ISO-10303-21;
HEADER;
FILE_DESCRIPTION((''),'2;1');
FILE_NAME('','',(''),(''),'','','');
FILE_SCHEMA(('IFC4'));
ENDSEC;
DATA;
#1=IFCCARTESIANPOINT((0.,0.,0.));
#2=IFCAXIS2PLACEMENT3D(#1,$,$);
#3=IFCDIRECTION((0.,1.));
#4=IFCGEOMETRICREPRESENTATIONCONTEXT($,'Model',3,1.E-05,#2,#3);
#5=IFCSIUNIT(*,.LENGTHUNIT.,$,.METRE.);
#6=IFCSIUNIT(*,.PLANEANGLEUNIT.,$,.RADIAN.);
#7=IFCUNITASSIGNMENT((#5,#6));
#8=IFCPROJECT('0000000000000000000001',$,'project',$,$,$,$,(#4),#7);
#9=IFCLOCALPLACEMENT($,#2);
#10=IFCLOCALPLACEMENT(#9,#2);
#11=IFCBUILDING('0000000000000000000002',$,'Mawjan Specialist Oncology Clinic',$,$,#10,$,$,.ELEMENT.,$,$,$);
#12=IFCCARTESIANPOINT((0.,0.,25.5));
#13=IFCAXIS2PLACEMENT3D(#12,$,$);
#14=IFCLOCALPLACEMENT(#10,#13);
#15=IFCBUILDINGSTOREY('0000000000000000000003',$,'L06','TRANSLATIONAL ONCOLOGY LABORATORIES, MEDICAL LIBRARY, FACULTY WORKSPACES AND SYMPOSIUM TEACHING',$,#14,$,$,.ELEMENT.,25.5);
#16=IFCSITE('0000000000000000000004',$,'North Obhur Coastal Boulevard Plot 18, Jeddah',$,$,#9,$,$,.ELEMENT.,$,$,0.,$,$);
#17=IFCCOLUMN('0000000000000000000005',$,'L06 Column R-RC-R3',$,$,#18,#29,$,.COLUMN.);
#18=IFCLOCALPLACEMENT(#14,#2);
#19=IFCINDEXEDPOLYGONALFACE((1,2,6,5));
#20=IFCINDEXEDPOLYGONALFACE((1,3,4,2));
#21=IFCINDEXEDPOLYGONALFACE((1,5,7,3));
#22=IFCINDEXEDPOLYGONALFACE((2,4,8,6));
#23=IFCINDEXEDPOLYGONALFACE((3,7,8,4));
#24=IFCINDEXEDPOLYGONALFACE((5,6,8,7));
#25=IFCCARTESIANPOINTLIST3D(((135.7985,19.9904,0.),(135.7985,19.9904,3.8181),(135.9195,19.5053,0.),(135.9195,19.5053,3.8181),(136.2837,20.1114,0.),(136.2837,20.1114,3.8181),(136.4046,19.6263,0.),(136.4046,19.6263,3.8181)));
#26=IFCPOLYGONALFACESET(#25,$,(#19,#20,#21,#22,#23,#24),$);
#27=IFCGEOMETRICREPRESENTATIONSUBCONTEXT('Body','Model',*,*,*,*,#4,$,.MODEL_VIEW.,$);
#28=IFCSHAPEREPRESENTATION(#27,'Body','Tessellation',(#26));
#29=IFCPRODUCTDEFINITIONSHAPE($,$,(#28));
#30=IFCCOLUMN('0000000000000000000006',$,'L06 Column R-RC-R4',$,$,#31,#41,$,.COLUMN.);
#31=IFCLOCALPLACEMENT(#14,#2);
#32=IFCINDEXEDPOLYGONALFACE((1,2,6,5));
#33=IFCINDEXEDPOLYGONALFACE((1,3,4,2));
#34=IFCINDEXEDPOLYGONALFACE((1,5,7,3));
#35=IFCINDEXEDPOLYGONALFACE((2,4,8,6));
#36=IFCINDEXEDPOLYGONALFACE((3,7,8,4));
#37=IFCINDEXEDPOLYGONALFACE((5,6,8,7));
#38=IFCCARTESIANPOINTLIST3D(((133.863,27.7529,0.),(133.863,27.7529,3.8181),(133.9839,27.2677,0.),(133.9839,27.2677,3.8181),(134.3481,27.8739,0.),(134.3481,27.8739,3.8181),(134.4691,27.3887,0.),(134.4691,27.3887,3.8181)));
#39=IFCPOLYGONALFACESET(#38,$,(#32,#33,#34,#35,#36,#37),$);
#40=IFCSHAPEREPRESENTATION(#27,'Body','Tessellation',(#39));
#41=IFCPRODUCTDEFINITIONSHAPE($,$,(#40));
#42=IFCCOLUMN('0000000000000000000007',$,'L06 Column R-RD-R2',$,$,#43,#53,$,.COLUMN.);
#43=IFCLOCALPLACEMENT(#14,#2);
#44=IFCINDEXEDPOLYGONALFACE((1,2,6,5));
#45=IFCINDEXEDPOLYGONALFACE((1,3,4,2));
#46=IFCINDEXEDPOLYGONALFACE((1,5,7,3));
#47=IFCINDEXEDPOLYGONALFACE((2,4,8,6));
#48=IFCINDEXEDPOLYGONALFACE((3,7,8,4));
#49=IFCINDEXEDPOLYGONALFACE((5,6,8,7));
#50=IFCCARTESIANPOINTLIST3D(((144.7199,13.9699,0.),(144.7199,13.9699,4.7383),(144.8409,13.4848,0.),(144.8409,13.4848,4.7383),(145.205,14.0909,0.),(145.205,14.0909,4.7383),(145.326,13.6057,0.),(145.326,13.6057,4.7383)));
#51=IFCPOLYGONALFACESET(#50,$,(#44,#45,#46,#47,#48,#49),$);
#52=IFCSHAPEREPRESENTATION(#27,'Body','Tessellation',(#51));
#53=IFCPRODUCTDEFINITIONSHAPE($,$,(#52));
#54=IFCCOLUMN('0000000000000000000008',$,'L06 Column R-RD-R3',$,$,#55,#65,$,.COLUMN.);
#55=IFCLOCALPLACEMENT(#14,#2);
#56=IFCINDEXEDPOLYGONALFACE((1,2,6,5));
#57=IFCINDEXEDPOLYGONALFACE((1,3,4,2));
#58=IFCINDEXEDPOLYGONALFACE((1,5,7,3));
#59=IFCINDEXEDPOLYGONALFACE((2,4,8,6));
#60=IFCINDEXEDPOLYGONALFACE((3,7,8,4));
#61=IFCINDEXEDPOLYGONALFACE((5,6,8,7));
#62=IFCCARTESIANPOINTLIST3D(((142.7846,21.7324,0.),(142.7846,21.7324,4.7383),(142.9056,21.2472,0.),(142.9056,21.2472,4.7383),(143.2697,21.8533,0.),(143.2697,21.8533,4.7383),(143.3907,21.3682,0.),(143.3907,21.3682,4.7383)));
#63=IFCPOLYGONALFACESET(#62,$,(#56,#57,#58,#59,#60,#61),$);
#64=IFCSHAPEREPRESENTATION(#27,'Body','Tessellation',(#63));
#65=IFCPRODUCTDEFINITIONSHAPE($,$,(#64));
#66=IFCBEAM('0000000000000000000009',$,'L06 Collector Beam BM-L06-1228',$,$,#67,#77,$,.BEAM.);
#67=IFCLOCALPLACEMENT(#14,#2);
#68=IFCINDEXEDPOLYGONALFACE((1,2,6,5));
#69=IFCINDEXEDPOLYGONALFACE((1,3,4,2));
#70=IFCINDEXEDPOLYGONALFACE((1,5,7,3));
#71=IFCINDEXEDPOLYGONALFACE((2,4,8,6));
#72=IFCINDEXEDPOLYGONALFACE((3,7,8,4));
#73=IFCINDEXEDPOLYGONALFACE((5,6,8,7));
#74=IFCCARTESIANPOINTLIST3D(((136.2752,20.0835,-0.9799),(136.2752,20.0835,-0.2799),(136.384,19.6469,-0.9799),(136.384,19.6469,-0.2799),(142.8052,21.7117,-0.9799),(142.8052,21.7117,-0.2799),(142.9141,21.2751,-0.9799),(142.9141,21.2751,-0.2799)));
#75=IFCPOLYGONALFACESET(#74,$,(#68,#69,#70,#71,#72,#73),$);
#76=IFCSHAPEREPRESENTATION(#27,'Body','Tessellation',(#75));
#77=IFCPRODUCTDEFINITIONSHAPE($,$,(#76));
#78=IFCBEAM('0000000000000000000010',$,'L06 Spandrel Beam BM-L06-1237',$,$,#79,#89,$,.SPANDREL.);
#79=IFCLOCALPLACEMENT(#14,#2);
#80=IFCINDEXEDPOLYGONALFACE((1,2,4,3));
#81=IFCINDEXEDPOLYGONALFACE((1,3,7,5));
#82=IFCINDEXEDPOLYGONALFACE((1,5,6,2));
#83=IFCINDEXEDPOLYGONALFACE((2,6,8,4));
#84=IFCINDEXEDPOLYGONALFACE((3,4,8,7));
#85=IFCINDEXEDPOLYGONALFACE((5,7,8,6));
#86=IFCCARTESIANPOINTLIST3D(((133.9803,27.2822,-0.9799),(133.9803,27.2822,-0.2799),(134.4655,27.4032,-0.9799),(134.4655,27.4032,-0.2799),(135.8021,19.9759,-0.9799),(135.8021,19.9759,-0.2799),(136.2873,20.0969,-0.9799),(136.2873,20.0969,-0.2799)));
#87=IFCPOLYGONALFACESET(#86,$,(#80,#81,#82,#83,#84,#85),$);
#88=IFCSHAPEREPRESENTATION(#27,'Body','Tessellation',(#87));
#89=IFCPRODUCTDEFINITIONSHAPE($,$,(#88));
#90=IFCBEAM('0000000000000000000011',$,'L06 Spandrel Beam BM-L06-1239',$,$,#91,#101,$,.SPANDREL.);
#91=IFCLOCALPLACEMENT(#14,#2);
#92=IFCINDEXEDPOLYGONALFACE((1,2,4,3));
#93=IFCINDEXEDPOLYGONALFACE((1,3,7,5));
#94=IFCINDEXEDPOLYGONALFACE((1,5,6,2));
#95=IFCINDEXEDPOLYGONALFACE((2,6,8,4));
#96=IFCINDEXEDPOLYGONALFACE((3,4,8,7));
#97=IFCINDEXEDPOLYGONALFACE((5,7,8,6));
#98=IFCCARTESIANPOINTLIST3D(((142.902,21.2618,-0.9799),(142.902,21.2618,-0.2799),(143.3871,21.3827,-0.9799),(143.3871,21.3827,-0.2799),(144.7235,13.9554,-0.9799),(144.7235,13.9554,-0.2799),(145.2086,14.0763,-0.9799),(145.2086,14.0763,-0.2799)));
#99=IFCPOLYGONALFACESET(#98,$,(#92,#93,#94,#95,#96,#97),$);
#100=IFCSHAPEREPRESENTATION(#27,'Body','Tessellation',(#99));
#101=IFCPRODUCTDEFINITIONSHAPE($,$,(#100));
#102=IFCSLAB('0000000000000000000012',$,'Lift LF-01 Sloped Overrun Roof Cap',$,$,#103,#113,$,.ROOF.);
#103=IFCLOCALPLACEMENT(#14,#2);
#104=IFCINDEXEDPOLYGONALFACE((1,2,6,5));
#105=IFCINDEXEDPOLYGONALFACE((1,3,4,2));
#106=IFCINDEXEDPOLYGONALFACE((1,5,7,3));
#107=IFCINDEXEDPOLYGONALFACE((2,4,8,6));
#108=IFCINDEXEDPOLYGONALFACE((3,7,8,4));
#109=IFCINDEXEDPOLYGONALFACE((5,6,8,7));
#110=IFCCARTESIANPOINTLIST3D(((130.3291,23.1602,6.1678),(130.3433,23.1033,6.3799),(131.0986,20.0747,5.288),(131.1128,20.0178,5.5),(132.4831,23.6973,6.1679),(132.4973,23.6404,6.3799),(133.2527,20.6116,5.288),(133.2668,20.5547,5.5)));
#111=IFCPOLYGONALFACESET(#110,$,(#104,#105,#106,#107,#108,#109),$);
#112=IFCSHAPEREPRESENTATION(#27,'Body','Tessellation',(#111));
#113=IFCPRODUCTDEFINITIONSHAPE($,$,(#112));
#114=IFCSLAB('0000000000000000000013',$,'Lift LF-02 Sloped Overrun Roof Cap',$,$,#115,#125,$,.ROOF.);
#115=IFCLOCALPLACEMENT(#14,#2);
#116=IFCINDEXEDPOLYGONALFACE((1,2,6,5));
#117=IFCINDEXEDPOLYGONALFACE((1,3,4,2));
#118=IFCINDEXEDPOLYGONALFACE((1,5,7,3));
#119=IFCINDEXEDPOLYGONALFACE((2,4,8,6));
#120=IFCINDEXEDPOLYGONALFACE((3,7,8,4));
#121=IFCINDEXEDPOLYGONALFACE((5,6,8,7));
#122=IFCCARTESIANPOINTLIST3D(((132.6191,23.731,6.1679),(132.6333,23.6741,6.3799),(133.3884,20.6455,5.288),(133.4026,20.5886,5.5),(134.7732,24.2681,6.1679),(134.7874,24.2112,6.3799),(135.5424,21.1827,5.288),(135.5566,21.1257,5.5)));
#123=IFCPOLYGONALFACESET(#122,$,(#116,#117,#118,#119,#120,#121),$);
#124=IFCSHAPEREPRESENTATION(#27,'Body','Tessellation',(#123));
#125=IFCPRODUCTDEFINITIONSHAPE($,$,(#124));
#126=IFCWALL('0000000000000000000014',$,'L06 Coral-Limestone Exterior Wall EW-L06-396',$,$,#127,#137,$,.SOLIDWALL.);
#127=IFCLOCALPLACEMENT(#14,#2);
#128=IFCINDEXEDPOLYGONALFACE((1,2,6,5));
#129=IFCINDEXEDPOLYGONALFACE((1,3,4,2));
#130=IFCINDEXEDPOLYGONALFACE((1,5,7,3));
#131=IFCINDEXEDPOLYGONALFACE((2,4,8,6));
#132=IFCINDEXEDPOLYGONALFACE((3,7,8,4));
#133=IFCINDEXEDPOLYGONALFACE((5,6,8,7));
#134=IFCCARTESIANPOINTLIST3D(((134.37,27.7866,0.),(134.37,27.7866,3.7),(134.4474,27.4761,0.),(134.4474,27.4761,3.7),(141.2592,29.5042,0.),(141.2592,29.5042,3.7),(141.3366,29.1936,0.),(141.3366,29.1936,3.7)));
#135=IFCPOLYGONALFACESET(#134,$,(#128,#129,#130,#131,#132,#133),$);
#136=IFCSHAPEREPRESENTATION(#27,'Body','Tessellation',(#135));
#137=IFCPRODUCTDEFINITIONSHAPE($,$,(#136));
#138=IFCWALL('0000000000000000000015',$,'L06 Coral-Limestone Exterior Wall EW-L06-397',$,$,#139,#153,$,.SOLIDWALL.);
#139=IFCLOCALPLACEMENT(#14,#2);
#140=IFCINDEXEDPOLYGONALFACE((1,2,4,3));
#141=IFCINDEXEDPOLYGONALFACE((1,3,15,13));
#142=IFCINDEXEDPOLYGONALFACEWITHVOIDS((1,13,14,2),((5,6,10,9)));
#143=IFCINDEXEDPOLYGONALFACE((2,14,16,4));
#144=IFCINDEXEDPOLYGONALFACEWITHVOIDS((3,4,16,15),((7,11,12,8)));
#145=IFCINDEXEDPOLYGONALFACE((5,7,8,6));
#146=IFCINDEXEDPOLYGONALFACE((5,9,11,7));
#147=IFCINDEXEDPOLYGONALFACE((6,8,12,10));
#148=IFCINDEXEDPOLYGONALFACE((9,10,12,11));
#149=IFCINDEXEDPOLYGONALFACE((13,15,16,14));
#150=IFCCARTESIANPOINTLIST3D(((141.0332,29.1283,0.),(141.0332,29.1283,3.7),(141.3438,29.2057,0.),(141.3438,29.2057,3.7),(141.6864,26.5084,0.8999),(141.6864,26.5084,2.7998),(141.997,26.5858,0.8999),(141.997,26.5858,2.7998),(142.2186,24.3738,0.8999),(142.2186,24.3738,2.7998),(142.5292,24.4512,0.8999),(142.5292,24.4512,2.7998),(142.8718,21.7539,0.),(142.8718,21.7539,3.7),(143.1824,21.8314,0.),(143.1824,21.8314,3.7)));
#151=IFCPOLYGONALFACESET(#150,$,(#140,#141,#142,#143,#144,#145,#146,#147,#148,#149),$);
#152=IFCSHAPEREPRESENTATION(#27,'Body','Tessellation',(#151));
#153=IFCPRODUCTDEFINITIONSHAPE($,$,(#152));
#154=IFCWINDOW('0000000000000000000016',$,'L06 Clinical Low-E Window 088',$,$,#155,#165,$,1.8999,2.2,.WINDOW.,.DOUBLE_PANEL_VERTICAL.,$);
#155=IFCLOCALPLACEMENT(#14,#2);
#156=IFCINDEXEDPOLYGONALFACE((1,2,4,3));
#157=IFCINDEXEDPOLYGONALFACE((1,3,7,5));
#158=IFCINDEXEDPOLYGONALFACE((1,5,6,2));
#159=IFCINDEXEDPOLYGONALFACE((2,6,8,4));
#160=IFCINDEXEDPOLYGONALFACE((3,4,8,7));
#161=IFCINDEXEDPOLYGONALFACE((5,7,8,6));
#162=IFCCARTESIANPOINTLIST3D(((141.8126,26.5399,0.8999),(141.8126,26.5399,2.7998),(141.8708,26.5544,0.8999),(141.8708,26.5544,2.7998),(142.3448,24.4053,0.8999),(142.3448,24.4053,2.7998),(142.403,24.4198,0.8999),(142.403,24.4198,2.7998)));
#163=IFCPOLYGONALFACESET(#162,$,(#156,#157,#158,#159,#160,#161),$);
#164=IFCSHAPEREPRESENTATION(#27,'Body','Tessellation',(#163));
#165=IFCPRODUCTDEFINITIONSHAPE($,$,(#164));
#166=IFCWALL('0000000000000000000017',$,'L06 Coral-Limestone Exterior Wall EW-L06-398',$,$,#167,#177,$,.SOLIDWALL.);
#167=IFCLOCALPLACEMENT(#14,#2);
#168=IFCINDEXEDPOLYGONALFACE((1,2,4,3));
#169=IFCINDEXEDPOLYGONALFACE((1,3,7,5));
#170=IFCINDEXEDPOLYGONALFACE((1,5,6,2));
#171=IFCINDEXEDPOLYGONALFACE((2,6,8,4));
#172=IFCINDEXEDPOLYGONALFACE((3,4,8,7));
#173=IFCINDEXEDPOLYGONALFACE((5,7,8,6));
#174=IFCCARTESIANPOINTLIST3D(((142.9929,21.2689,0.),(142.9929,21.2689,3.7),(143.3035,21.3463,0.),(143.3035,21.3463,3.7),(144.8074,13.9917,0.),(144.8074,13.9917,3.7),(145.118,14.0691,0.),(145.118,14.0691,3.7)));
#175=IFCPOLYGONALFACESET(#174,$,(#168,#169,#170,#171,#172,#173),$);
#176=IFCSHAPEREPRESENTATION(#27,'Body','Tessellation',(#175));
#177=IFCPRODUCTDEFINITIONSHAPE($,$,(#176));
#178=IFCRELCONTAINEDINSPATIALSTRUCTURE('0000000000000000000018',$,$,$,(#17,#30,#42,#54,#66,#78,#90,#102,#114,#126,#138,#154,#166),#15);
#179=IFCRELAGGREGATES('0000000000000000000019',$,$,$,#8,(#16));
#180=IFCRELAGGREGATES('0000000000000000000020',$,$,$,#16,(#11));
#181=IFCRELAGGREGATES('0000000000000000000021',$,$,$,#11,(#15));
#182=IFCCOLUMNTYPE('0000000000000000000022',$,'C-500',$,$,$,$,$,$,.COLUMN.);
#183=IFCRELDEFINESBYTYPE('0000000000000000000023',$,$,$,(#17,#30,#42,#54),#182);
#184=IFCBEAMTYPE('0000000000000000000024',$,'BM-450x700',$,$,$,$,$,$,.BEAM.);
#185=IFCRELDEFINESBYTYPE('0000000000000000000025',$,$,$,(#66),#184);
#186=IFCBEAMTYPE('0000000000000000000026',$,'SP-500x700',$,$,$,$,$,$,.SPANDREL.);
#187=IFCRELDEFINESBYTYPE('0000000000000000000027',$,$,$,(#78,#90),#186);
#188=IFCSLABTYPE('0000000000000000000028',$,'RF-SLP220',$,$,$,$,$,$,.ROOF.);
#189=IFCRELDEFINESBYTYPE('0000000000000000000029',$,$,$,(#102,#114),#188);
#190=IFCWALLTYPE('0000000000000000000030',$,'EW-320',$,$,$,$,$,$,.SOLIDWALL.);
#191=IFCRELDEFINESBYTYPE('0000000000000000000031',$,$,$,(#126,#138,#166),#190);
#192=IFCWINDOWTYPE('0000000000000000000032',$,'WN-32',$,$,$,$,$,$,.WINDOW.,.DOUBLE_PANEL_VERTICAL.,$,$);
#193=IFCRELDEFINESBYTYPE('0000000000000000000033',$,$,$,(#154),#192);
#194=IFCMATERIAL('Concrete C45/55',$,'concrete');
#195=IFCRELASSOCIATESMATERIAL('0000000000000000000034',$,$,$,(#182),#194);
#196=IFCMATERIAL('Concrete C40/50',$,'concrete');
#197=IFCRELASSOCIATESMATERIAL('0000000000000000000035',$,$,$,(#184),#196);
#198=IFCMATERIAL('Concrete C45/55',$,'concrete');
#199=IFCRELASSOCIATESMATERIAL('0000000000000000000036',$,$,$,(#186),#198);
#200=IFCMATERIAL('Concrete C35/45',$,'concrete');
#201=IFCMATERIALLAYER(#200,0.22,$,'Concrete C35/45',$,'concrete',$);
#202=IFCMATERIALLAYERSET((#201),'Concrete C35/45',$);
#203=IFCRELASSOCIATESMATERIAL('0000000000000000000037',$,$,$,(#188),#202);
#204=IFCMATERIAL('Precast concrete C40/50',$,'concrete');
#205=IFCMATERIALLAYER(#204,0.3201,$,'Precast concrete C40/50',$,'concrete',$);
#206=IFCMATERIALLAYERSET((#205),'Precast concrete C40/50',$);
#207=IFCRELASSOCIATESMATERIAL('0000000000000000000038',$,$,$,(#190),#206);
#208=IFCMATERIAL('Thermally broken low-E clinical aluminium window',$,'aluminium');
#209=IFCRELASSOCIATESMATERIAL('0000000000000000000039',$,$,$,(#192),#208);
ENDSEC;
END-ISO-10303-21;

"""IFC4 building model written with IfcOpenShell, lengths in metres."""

from ifc_helpers import new_model, si_unit, direction, frame, frame_2d, origin, origin_2d, place, context, subcontext, project, spatial, polyline, rectangle, outline, extrude, material, layer, layer_set, material_profile, profile_set, type_object, element, fill, save


model = new_model("IFC4")

# Units and contexts
model_context = context("Model", 3, precision=1e-05, world=origin(), true_north=direction((0.0, 1.0)))
body_context = subcontext(model_context, "Body", "Model", "MODEL_VIEW")
ifc_project = project(units=[si_unit("LENGTHUNIT", "METRE"), si_unit("PLANEANGLEUNIT", "RADIAN")], contexts=[model_context])

# Site, building, storey
site_placement = place(None, origin())
site = spatial("IfcSite", under=ifc_project, at=site_placement, Name="North Obhur Coastal Boulevard Plot 18, Jeddah", CompositionType="ELEMENT", RefElevation=0.0)
building_placement = place(site_placement, origin())
building = spatial("IfcBuilding", under=site, at=building_placement, Name="Mawjan Specialist Oncology Clinic", CompositionType="ELEMENT")
storey_placement = place(building_placement, frame((0.0, 0.0, 25.5)))
storey = spatial("IfcBuildingStorey", under=building, at=storey_placement, Name="L06", Description="TRANSLATIONAL ONCOLOGY LABORATORIES, MEDICAL LIBRARY, FACULTY WORKSPACES AND SYMPOSIUM TEACHING", CompositionType="ELEMENT", Elevation=25.5)

# Columns
ifc_material_1 = material(Name="Concrete C45/55", Category="concrete")
ifc_material_profile_1 = material_profile(ifc_material_1, rectangle(XDim=0.5, YDim=0.5, at=origin_2d()), Name="RC COL 500x500", Category="concrete")
ifc_profile_set_1 = profile_set([ifc_material_profile_1], Name="Concrete C45/55")
column_type = type_object("IfcColumnType", Name="C-500", PredefinedType="COLUMN", material=ifc_profile_set_1)
for number, where, z_axis, x_axis, name in (
    (1, (136.1016, 19.8083, 0.0), (0.0, 0.0, 1.0), (0.970296, 0.241922, 0.0), "L06 Column R-RC-R3"),
    (2, (134.166, 27.5708, 0.0), (0.0, 0.0, 1.0), (0.970296, 0.241922, 0.0), "L06 Column R-RC-R4"),
):
    element("IfcColumn", number, at=place(storey_placement, frame(where, z_axis=z_axis, x_axis=x_axis)), inside=storey, type_object=column_type, Name=name, PredefinedType="COLUMN", context=body_context, shape_type="SweptSolid", body=[
        extrude(rectangle(XDim=0.5, YDim=0.5, at=origin_2d()), origin(), (0.0, 0.0, 1.0), 3.8181),
    ])
for number, where, z_axis, x_axis, name in (
    (3, (145.0229, 13.7878, 0.0), (0.0, 0.0, 1.0), (0.970296, 0.241922, 0.0), "L06 Column R-RD-R2"),
    (4, (143.0876, 21.5503, 0.0), (0.0, 0.0, 1.0), (0.970296, 0.241922, 0.0), "L06 Column R-RD-R3"),
):
    element("IfcColumn", number, at=place(storey_placement, frame(where, z_axis=z_axis, x_axis=x_axis)), inside=storey, type_object=column_type, Name=name, PredefinedType="COLUMN", context=body_context, shape_type="SweptSolid", body=[
        extrude(rectangle(XDim=0.5, YDim=0.5, at=origin_2d()), origin(), (0.0, 0.0, 1.0), 4.7383),
    ])

# Beams
ifc_material_2 = material(Name="Concrete C40/50", Category="concrete")
ifc_material_profile_2 = material_profile(ifc_material_2, rectangle(XDim=0.45, YDim=0.7, at=origin_2d()), Name="RC BM 450x700", Category="concrete")
ifc_profile_set_2 = profile_set([ifc_material_profile_2], Name="Concrete C40/50")
beam_type_1 = type_object("IfcBeamType", Name="BM-450x700", PredefinedType="BEAM", material=ifc_profile_set_2)
beam_placement = place(storey_placement, frame((136.3296, 19.8652, -0.6299), z_axis=(0.970294, 0.24193, 0.0), x_axis=(-0.24193, 0.970294, 0.0)))
element("IfcBeam", 5, at=beam_placement, inside=storey, type_object=beam_type_1, Name="L06 Collector Beam BM-L06-1228", PredefinedType="BEAM", context=body_context, shape_type="SweptSolid", body=[
    extrude(rectangle(XDim=0.45, YDim=0.7, at=origin_2d()), origin(), (0.0, 0.0, 1.0), 6.73),
])
ifc_material_3 = material(Name="Concrete C45/55", Category="concrete")
ifc_material_profile_3 = material_profile(ifc_material_3, rectangle(XDim=0.5, YDim=0.7, at=origin_2d()), Name="RC BM 500x700", Category="concrete")
ifc_profile_set_3 = profile_set([ifc_material_profile_3], Name="Concrete C45/55")
beam_type_2 = type_object("IfcBeamType", Name="SP-500x700", PredefinedType="SPANDREL", material=ifc_profile_set_3)
for number, where, z_axis, x_axis, name in (
    (6, (136.0447, 20.0364, -0.6299), (-0.241933, 0.970293, 0.0), (-0.970293, -0.241933, 0.0), "L06 Spandrel Beam BM-L06-1237"),
    (7, (144.9661, 14.0159, -0.6299), (-0.241902, 0.970301, 0.0), (-0.970301, -0.241902, 0.0), "L06 Spandrel Beam BM-L06-1239"),
):
    element("IfcBeam", number, at=place(storey_placement, frame(where, z_axis=z_axis, x_axis=x_axis)), inside=storey, type_object=beam_type_2, Name=name, PredefinedType="SPANDREL", context=body_context, shape_type="SweptSolid", body=[
        extrude(rectangle(XDim=0.5, YDim=0.7, at=origin_2d()), origin(), (0.0, 0.0, 1.0), 7.53),
    ])

# Slabs
ifc_material_4 = material(Name="Concrete C35/45", Category="concrete")
ifc_layer_1 = layer(ifc_material_4, 0.22, Name="Concrete C35/45", Category="concrete")
ifc_layer_set_1 = layer_set([ifc_layer_1], Name="Concrete C35/45")
slab_type = type_object("IfcSlabType", Name="RF-SLP220", PredefinedType="ROOF", material=ifc_layer_set_1)
slab_1_placement = place(storey_placement, frame((131.1128, 20.0178, 5.5), z_axis=(0.064504, -0.258747, 0.963789), x_axis=(0.970316, 0.241841, -0.000014)))
element("IfcSlab", 8, at=slab_1_placement, inside=storey, type_object=slab_type, Name="Lift LF-01 Sloped Overrun Roof Cap", PredefinedType="ROOF", context=body_context, shape_type="SweptSolid", body=[
    extrude(outline(polyline([(0.0, 0.0), (2.2199, 0.0), (2.2195, 3.2997), (-0.0005, 3.2994), (0.0, 0.0)])), origin(), (0.0, 0.0, -1.0), 0.22),
])
slab_2_placement = place(storey_placement, frame((133.4026, 20.5886, 5.5), z_axis=(0.064521, -0.258757, 0.963785), x_axis=(0.970291, 0.24194, 0.0)))
element("IfcSlab", 9, at=slab_2_placement, inside=storey, type_object=slab_type, Name="Lift LF-02 Sloped Overrun Roof Cap", PredefinedType="ROOF", context=body_context, shape_type="SweptSolid", body=[
    extrude(outline(polyline([(0.0, 0.0), (2.22, 0.0), (2.2201, 3.2994), (0.0001, 3.2994), (0.0, 0.0)])), origin(), (0.0, 0.0, -1.0), 0.22),
])

# Wall
ifc_material_5 = material(Name="Precast concrete C40/50", Category="concrete")
ifc_layer_2 = layer(ifc_material_5, 0.3201, Name="Precast concrete C40/50", Category="concrete")
ifc_layer_set_2 = layer_set([ifc_layer_2], Name="Precast concrete C40/50")
wall_type_1 = type_object("IfcWallType", Name="EW-320", PredefinedType="SOLIDWALL", material=ifc_layer_set_2)
wall_1_placement = place(storey_placement, frame((134.4087, 27.6313, 0.0), z_axis=(0.0, 0.0, 1.0), x_axis=(0.9703, 0.241904, 0.0)))
element("IfcWall", 10, at=wall_1_placement, inside=storey, type_object=wall_type_1, Name="L06 Coral-Limestone Exterior Wall EW-L06-396", PredefinedType="SOLIDWALL", context=body_context, shape_type="SweptSolid", body=[
    extrude(rectangle(XDim=7.1001, YDim=0.3201, at=frame_2d((3.55, 0.0))), origin(), (0.0, 0.0, 1.0), 3.7),
])

# Wall, opening, window
wall_2_placement = place(storey_placement, frame((141.1885, 29.167, 0.0), z_axis=(0.0, 0.0, 1.0), x_axis=(0.241923, -0.970295, 0.0)))
wall_2 = element("IfcWall", 11, at=wall_2_placement, inside=storey, type_object=wall_type_1, Name="L06 Coral-Limestone Exterior Wall EW-L06-397", PredefinedType="SOLIDWALL", context=body_context, shape_type="SweptSolid", body=[
    extrude(rectangle(XDim=7.6001, YDim=0.3201, at=frame_2d((3.8, 0.0))), origin(), (0.0, 0.0, 1.0), 3.7),
])
opening_1_placement = place(wall_2_placement, frame((2.7, 0.0, 0.8999)))
opening_1 = element("IfcOpeningElement", 12, at=opening_1_placement, cuts=wall_2, PredefinedType="OPENING", context=body_context, shape_type="SweptSolid", body=[
    extrude(rectangle(XDim=2.2, YDim=1.8999, at=frame_2d((1.1001, 0.95))), frame((0.0, 0.1721, 0.0), z_axis=(0.0, -1.0, 0.0), x_axis=(1.0, 0.0, 0.0)), (0.0, 0.0, 1.0), 0.344),
])
ifc_material_6 = material(Name="Thermally broken low-E clinical aluminium window", Category="aluminium")
window_type_1 = type_object("IfcWindowType", Name="WN-32", PartitioningType="DOUBLE_PANEL_VERTICAL", PredefinedType="WINDOW", material=ifc_material_6)
window_1_placement = place(opening_1_placement, origin())
window_1 = element("IfcWindow", 13, at=window_1_placement, inside=storey, type_object=window_type_1, Name="L06 Clinical Low-E Window 088", OverallHeight=1.8999, OverallWidth=2.2, PartitioningType="DOUBLE_PANEL_VERTICAL", PredefinedType="WINDOW", context=body_context, shape_type="SweptSolid", body=[
    extrude(rectangle(XDim=2.2, YDim=1.8999, at=frame_2d((1.1001, 0.95))), frame((0.0, 0.03, 0.0), z_axis=(0.0, -1.0, 0.0), x_axis=(1.0, 0.0, 0.0)), (0.0, 0.0, 1.0), 0.0601),
])
fill(opening_1, window_1)

# Wall
wall_3_placement = place(storey_placement, frame((143.1482, 21.3076, 0.0), z_axis=(0.0, 0.0, 1.0), x_axis=(0.24193, -0.970294, 0.0)))
element("IfcWall", 14, at=wall_3_placement, inside=storey, type_object=wall_type_1, Name="L06 Coral-Limestone Exterior Wall EW-L06-398", PredefinedType="SOLIDWALL", context=body_context, shape_type="SweptSolid", body=[
    extrude(rectangle(XDim=7.5, YDim=0.3201, at=frame_2d((3.75, 0.0))), origin(), (0.0, 0.0, 1.0), 3.7),
])

save(model, "model.ifc")
